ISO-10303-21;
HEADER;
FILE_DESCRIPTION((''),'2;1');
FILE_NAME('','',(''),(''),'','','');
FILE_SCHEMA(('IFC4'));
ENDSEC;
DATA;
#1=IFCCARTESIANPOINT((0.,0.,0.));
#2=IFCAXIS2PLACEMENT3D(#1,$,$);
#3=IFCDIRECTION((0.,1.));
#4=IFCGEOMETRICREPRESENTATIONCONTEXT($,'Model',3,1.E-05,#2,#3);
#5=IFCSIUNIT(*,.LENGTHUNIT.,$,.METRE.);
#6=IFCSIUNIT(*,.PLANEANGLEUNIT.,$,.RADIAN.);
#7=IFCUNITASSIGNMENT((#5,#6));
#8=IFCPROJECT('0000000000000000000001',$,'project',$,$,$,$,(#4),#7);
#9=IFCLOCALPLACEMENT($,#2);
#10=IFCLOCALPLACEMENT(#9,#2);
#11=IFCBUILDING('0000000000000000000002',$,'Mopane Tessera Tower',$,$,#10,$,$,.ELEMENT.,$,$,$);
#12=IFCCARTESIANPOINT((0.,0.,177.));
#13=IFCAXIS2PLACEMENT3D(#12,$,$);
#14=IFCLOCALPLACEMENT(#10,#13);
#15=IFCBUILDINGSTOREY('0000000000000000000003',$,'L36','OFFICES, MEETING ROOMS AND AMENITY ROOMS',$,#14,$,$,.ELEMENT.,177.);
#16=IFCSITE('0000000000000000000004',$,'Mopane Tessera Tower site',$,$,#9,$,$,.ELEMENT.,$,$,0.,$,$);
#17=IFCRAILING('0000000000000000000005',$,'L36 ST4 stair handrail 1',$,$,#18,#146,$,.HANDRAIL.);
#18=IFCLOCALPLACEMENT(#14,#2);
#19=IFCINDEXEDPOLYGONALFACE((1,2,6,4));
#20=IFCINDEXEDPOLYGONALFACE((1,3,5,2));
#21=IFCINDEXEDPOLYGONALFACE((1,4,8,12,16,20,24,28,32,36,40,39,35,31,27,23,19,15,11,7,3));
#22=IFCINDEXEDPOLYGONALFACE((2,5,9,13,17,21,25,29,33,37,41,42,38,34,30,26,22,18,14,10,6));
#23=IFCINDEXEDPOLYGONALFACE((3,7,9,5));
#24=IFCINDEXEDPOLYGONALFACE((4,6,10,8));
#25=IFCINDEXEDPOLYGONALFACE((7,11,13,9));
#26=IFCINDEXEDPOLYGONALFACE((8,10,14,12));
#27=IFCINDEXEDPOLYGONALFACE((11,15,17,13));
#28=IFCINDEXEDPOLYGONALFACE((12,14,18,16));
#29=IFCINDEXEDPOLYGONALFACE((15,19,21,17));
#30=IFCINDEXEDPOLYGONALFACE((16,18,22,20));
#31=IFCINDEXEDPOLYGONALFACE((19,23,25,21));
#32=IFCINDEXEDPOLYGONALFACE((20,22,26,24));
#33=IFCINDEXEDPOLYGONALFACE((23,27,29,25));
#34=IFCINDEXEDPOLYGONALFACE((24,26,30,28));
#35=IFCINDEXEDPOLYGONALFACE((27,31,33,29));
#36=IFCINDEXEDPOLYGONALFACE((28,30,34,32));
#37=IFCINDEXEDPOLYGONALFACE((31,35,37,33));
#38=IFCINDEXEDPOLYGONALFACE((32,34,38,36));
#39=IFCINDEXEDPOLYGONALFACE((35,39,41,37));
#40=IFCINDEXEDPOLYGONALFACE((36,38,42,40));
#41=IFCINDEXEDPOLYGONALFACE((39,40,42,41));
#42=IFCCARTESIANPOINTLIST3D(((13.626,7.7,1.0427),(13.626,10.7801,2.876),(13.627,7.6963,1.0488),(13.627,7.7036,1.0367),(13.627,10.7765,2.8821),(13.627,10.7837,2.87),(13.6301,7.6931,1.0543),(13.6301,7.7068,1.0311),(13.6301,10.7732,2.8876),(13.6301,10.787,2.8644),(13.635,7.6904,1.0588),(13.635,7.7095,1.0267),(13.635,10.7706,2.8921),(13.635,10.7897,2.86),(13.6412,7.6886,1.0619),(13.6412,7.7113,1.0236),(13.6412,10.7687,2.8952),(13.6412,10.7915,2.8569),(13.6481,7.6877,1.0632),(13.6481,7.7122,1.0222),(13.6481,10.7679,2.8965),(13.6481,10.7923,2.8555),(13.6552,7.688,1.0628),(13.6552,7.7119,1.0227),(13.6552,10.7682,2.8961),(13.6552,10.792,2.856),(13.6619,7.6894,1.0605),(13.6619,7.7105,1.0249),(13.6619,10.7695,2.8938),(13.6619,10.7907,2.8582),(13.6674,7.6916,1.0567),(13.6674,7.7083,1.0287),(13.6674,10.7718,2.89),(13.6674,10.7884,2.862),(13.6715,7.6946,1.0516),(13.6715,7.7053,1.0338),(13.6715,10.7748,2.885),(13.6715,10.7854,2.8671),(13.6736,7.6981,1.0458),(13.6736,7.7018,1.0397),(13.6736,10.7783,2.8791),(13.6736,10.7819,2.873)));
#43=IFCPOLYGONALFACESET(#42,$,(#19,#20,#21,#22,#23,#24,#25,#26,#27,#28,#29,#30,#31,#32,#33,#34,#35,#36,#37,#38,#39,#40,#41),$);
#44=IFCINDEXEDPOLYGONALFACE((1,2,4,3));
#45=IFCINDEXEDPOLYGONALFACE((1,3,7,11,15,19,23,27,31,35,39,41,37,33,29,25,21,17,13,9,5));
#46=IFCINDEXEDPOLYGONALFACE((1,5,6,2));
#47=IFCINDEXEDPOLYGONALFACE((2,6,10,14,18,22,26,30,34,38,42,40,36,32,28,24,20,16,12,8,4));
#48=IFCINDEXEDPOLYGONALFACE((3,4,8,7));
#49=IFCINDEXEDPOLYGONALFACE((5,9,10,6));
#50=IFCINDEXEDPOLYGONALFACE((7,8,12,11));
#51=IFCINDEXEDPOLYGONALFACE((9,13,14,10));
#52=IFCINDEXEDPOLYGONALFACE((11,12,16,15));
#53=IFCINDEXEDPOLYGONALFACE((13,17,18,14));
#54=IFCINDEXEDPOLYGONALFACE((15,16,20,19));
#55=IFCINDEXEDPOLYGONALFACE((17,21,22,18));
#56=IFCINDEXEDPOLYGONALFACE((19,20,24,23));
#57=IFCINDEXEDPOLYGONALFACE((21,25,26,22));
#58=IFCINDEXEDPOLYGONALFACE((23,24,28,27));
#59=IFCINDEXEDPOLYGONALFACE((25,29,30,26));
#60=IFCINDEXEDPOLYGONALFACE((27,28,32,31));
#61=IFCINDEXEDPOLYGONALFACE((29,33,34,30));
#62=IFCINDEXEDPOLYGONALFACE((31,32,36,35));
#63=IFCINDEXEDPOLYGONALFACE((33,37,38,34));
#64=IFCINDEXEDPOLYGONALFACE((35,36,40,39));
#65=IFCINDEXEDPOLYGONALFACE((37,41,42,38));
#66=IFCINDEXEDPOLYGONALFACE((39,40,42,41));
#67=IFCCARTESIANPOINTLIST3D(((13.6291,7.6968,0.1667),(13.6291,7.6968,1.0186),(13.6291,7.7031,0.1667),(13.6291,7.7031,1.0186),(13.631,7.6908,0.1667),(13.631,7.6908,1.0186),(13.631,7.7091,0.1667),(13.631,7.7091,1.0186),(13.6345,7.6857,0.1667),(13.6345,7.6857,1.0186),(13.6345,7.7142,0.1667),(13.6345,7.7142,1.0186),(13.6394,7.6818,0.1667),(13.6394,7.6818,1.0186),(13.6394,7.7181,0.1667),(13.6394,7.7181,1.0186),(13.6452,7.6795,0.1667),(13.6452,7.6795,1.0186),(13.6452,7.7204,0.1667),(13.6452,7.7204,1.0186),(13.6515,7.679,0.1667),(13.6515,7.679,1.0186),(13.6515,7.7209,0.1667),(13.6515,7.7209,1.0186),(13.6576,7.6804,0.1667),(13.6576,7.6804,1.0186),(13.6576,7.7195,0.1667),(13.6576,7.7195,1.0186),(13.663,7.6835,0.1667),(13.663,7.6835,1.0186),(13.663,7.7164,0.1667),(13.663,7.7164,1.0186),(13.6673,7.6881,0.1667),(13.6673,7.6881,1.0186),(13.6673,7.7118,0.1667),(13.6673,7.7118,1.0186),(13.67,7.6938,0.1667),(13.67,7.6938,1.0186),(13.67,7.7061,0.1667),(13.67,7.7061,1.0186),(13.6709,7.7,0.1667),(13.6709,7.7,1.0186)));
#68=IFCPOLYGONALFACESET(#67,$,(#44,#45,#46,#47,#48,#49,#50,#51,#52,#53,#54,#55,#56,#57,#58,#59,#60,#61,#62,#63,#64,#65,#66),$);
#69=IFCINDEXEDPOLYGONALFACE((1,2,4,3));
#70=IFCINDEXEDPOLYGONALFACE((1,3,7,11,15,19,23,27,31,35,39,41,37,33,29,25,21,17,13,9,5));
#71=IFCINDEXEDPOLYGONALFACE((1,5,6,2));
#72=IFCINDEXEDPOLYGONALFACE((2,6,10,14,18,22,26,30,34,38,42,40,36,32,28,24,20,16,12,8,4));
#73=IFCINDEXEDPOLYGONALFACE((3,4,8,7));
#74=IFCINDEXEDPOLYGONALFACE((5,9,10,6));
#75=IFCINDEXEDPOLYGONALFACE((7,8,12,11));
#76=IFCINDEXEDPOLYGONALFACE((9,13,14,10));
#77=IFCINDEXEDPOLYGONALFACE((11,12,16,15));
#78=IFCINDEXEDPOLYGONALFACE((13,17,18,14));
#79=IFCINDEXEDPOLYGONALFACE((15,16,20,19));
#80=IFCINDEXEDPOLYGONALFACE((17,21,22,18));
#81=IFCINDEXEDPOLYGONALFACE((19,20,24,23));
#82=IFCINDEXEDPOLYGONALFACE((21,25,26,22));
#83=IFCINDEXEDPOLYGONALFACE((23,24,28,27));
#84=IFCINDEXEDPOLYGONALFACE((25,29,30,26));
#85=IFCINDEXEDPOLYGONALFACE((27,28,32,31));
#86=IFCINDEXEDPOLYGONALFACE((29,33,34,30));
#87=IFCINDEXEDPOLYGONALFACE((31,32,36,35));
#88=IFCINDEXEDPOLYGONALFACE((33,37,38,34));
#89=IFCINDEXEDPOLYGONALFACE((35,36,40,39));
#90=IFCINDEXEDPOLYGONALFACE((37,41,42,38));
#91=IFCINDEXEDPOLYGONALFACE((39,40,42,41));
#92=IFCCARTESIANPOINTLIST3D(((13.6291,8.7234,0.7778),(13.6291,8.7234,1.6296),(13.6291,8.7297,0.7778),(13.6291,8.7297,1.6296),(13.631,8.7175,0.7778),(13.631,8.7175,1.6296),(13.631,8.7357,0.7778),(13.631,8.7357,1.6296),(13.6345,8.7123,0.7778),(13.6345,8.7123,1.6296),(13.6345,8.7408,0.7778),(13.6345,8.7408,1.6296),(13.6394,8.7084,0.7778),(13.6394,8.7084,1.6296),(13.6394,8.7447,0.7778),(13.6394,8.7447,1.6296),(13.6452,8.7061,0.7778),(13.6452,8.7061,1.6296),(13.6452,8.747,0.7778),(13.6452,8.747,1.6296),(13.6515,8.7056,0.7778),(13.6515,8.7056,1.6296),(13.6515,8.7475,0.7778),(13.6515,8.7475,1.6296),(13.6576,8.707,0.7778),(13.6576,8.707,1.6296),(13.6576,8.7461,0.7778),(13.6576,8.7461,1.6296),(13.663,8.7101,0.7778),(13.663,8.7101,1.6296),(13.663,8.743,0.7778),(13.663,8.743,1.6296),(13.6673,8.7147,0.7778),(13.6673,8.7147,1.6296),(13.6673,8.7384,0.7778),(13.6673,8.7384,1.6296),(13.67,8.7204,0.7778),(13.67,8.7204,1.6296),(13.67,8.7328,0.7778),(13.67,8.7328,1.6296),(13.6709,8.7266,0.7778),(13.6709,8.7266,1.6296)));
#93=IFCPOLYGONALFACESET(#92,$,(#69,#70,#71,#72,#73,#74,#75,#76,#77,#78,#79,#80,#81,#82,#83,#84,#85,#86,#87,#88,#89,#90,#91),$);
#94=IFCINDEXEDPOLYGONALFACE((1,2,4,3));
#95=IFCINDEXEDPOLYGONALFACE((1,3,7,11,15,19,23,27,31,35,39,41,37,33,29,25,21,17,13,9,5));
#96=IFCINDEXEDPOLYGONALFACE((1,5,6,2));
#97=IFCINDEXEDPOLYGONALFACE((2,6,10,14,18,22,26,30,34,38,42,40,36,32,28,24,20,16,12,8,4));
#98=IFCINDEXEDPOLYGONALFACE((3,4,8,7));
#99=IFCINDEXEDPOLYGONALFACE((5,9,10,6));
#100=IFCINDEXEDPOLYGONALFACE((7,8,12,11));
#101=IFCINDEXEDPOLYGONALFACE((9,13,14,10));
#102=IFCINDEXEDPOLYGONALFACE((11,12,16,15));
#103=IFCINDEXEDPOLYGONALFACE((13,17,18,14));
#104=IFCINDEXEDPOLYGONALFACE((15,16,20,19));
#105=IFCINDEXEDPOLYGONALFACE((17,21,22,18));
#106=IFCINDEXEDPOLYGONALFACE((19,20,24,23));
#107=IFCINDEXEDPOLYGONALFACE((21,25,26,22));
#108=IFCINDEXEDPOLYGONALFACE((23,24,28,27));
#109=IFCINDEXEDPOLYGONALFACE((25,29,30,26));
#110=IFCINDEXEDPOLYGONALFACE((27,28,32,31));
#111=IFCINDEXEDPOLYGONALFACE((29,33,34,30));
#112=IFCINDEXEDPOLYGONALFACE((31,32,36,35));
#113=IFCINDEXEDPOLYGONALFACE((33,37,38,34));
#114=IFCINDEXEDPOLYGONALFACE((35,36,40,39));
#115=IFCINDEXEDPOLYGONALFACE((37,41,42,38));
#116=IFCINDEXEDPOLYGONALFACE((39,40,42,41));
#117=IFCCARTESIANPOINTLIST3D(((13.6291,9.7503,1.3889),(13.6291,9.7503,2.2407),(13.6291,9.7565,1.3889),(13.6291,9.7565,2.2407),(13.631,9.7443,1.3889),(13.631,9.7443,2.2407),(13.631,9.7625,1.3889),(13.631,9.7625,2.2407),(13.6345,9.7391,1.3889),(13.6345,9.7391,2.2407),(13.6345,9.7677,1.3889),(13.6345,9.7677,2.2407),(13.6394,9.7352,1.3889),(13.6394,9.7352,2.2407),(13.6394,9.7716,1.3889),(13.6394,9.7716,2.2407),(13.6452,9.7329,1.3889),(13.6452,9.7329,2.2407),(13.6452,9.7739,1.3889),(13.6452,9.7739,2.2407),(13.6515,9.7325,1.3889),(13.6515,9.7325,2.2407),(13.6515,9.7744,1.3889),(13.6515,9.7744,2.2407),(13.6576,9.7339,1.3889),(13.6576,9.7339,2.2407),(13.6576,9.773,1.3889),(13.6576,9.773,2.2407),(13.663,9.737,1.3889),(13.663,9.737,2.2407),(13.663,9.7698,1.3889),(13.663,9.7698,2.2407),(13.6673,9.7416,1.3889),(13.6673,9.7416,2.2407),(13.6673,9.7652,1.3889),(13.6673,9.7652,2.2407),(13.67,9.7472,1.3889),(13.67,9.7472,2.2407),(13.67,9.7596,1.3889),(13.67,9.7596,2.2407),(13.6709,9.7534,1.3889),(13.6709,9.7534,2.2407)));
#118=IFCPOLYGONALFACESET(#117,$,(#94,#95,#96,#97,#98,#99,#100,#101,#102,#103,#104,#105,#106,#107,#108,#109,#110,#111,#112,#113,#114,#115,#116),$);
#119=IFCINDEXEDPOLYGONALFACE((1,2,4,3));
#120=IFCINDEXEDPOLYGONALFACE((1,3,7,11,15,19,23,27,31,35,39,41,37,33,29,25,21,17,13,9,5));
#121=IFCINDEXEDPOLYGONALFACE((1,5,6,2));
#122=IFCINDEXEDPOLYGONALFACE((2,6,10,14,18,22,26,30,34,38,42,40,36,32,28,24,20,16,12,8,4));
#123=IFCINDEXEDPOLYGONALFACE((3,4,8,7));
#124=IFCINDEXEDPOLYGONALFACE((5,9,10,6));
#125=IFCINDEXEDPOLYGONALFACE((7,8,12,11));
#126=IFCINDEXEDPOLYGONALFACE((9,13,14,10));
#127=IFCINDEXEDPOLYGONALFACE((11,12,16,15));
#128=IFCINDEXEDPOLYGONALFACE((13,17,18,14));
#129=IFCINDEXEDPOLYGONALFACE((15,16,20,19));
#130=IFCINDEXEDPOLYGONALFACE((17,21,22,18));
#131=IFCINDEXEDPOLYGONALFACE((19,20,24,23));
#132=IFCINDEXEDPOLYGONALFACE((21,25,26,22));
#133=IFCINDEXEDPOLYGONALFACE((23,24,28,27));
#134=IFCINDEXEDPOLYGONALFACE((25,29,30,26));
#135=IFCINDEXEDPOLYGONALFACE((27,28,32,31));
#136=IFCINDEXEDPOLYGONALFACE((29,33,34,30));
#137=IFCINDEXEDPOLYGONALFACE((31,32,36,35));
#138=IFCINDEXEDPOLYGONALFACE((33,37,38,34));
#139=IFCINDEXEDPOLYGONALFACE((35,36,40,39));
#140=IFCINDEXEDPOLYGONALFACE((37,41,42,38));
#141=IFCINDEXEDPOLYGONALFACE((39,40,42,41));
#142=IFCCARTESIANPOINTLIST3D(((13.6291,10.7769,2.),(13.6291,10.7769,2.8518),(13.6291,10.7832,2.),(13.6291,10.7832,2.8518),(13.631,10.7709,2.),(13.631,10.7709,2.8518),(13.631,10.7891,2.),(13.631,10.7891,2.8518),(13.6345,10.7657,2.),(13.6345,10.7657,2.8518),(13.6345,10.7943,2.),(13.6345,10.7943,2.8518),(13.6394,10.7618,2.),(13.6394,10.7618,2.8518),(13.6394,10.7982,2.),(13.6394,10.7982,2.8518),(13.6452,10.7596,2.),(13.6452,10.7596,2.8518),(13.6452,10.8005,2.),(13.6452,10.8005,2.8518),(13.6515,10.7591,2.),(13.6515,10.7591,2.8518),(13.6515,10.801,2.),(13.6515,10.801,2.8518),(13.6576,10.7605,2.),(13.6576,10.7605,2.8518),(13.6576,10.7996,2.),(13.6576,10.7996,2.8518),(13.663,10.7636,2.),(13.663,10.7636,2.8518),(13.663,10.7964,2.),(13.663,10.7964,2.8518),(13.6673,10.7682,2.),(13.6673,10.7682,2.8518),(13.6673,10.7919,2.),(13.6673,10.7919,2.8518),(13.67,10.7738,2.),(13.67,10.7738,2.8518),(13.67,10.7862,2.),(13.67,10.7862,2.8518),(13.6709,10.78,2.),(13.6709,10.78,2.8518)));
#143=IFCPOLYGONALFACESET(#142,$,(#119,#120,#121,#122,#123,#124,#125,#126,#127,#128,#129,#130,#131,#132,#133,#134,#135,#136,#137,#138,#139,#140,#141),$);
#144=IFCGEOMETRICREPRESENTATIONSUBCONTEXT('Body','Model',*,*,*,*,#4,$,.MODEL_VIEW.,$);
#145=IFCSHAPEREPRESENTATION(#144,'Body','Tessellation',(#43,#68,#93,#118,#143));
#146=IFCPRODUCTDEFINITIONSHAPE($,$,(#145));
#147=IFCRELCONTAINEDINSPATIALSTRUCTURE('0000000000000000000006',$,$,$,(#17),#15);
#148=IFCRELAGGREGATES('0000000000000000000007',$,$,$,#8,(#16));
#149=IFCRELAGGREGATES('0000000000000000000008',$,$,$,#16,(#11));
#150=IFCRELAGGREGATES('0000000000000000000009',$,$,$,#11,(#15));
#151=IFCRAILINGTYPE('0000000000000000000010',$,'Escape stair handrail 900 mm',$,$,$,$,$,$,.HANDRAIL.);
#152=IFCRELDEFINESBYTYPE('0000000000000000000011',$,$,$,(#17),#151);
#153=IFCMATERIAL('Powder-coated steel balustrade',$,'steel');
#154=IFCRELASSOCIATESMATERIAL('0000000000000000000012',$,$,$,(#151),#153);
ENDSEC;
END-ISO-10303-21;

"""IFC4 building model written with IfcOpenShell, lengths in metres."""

from ifc_helpers import new_model, si_unit, direction, frame, origin, origin_2d, place, context, subcontext, project, spatial, circle, extrude, material, type_object, element, save


model = new_model("IFC4")

# Units and contexts
model_context = context("Model", 3, precision=1e-05, world=origin(), true_north=direction((0.0, 1.0)))
body_context = subcontext(model_context, "Body", "Model", "MODEL_VIEW")
ifc_project = project(units=[si_unit("LENGTHUNIT", "METRE"), si_unit("PLANEANGLEUNIT", "RADIAN")], contexts=[model_context])

# Site, building, storey
site_placement = place(None, origin())
site = spatial("IfcSite", under=ifc_project, at=site_placement, Name="Mopane Tessera Tower site", CompositionType="ELEMENT", RefElevation=0.0)
building_placement = place(site_placement, origin())
building = spatial("IfcBuilding", under=site, at=building_placement, Name="Mopane Tessera Tower", CompositionType="ELEMENT")
storey_placement = place(building_placement, frame((0.0, 0.0, 177.0)))
storey = spatial("IfcBuildingStorey", under=building, at=storey_placement, Name="L36", Description="OFFICES, MEETING ROOMS AND AMENITY ROOMS", CompositionType="ELEMENT", Elevation=177.0)

# Railing
ifc_material_1 = material(Name="Powder-coated steel balustrade", Category="steel")
railing_type_1 = type_object("IfcRailingType", Name="Escape stair handrail 900 mm", PredefinedType="HANDRAIL", material=ifc_material_1)
railing_1_placement = place(storey_placement, frame((13.6499, 7.7, 0.1667)))
element("IfcRailing", 1, at=railing_1_placement, inside=storey, type_object=railing_type_1, Name="L36 ST4 stair handrail 1", PredefinedType="HANDRAIL", context=body_context, shape_type="SweptSolid", body=[
    extrude(circle(Radius=0.0239, at=origin_2d()), frame((0.0, 0.0, 0.876), z_axis=(0.0, 0.859309, 0.511458), x_axis=(-1.0, 0.0, 0.0)), (0.0, 0.0, 1.0), 3.5845),
    extrude(circle(Radius=0.021, at=origin_2d()), origin(), (0.0, 0.0, 1.0), 0.8518),
    extrude(circle(Radius=0.021, at=origin_2d()), frame((0.0, 1.0266, 0.6111)), (0.0, 0.0, 1.0), 0.8518),
    extrude(circle(Radius=0.021, at=origin_2d()), frame((0.0, 2.0535, 1.2222)), (0.0, 0.0, 1.0), 0.8518),
    extrude(circle(Radius=0.021, at=origin_2d()), frame((0.0, 3.0801, 1.8333)), (0.0, 0.0, 1.0), 0.8518),
])

save(model, "model.ifc")
